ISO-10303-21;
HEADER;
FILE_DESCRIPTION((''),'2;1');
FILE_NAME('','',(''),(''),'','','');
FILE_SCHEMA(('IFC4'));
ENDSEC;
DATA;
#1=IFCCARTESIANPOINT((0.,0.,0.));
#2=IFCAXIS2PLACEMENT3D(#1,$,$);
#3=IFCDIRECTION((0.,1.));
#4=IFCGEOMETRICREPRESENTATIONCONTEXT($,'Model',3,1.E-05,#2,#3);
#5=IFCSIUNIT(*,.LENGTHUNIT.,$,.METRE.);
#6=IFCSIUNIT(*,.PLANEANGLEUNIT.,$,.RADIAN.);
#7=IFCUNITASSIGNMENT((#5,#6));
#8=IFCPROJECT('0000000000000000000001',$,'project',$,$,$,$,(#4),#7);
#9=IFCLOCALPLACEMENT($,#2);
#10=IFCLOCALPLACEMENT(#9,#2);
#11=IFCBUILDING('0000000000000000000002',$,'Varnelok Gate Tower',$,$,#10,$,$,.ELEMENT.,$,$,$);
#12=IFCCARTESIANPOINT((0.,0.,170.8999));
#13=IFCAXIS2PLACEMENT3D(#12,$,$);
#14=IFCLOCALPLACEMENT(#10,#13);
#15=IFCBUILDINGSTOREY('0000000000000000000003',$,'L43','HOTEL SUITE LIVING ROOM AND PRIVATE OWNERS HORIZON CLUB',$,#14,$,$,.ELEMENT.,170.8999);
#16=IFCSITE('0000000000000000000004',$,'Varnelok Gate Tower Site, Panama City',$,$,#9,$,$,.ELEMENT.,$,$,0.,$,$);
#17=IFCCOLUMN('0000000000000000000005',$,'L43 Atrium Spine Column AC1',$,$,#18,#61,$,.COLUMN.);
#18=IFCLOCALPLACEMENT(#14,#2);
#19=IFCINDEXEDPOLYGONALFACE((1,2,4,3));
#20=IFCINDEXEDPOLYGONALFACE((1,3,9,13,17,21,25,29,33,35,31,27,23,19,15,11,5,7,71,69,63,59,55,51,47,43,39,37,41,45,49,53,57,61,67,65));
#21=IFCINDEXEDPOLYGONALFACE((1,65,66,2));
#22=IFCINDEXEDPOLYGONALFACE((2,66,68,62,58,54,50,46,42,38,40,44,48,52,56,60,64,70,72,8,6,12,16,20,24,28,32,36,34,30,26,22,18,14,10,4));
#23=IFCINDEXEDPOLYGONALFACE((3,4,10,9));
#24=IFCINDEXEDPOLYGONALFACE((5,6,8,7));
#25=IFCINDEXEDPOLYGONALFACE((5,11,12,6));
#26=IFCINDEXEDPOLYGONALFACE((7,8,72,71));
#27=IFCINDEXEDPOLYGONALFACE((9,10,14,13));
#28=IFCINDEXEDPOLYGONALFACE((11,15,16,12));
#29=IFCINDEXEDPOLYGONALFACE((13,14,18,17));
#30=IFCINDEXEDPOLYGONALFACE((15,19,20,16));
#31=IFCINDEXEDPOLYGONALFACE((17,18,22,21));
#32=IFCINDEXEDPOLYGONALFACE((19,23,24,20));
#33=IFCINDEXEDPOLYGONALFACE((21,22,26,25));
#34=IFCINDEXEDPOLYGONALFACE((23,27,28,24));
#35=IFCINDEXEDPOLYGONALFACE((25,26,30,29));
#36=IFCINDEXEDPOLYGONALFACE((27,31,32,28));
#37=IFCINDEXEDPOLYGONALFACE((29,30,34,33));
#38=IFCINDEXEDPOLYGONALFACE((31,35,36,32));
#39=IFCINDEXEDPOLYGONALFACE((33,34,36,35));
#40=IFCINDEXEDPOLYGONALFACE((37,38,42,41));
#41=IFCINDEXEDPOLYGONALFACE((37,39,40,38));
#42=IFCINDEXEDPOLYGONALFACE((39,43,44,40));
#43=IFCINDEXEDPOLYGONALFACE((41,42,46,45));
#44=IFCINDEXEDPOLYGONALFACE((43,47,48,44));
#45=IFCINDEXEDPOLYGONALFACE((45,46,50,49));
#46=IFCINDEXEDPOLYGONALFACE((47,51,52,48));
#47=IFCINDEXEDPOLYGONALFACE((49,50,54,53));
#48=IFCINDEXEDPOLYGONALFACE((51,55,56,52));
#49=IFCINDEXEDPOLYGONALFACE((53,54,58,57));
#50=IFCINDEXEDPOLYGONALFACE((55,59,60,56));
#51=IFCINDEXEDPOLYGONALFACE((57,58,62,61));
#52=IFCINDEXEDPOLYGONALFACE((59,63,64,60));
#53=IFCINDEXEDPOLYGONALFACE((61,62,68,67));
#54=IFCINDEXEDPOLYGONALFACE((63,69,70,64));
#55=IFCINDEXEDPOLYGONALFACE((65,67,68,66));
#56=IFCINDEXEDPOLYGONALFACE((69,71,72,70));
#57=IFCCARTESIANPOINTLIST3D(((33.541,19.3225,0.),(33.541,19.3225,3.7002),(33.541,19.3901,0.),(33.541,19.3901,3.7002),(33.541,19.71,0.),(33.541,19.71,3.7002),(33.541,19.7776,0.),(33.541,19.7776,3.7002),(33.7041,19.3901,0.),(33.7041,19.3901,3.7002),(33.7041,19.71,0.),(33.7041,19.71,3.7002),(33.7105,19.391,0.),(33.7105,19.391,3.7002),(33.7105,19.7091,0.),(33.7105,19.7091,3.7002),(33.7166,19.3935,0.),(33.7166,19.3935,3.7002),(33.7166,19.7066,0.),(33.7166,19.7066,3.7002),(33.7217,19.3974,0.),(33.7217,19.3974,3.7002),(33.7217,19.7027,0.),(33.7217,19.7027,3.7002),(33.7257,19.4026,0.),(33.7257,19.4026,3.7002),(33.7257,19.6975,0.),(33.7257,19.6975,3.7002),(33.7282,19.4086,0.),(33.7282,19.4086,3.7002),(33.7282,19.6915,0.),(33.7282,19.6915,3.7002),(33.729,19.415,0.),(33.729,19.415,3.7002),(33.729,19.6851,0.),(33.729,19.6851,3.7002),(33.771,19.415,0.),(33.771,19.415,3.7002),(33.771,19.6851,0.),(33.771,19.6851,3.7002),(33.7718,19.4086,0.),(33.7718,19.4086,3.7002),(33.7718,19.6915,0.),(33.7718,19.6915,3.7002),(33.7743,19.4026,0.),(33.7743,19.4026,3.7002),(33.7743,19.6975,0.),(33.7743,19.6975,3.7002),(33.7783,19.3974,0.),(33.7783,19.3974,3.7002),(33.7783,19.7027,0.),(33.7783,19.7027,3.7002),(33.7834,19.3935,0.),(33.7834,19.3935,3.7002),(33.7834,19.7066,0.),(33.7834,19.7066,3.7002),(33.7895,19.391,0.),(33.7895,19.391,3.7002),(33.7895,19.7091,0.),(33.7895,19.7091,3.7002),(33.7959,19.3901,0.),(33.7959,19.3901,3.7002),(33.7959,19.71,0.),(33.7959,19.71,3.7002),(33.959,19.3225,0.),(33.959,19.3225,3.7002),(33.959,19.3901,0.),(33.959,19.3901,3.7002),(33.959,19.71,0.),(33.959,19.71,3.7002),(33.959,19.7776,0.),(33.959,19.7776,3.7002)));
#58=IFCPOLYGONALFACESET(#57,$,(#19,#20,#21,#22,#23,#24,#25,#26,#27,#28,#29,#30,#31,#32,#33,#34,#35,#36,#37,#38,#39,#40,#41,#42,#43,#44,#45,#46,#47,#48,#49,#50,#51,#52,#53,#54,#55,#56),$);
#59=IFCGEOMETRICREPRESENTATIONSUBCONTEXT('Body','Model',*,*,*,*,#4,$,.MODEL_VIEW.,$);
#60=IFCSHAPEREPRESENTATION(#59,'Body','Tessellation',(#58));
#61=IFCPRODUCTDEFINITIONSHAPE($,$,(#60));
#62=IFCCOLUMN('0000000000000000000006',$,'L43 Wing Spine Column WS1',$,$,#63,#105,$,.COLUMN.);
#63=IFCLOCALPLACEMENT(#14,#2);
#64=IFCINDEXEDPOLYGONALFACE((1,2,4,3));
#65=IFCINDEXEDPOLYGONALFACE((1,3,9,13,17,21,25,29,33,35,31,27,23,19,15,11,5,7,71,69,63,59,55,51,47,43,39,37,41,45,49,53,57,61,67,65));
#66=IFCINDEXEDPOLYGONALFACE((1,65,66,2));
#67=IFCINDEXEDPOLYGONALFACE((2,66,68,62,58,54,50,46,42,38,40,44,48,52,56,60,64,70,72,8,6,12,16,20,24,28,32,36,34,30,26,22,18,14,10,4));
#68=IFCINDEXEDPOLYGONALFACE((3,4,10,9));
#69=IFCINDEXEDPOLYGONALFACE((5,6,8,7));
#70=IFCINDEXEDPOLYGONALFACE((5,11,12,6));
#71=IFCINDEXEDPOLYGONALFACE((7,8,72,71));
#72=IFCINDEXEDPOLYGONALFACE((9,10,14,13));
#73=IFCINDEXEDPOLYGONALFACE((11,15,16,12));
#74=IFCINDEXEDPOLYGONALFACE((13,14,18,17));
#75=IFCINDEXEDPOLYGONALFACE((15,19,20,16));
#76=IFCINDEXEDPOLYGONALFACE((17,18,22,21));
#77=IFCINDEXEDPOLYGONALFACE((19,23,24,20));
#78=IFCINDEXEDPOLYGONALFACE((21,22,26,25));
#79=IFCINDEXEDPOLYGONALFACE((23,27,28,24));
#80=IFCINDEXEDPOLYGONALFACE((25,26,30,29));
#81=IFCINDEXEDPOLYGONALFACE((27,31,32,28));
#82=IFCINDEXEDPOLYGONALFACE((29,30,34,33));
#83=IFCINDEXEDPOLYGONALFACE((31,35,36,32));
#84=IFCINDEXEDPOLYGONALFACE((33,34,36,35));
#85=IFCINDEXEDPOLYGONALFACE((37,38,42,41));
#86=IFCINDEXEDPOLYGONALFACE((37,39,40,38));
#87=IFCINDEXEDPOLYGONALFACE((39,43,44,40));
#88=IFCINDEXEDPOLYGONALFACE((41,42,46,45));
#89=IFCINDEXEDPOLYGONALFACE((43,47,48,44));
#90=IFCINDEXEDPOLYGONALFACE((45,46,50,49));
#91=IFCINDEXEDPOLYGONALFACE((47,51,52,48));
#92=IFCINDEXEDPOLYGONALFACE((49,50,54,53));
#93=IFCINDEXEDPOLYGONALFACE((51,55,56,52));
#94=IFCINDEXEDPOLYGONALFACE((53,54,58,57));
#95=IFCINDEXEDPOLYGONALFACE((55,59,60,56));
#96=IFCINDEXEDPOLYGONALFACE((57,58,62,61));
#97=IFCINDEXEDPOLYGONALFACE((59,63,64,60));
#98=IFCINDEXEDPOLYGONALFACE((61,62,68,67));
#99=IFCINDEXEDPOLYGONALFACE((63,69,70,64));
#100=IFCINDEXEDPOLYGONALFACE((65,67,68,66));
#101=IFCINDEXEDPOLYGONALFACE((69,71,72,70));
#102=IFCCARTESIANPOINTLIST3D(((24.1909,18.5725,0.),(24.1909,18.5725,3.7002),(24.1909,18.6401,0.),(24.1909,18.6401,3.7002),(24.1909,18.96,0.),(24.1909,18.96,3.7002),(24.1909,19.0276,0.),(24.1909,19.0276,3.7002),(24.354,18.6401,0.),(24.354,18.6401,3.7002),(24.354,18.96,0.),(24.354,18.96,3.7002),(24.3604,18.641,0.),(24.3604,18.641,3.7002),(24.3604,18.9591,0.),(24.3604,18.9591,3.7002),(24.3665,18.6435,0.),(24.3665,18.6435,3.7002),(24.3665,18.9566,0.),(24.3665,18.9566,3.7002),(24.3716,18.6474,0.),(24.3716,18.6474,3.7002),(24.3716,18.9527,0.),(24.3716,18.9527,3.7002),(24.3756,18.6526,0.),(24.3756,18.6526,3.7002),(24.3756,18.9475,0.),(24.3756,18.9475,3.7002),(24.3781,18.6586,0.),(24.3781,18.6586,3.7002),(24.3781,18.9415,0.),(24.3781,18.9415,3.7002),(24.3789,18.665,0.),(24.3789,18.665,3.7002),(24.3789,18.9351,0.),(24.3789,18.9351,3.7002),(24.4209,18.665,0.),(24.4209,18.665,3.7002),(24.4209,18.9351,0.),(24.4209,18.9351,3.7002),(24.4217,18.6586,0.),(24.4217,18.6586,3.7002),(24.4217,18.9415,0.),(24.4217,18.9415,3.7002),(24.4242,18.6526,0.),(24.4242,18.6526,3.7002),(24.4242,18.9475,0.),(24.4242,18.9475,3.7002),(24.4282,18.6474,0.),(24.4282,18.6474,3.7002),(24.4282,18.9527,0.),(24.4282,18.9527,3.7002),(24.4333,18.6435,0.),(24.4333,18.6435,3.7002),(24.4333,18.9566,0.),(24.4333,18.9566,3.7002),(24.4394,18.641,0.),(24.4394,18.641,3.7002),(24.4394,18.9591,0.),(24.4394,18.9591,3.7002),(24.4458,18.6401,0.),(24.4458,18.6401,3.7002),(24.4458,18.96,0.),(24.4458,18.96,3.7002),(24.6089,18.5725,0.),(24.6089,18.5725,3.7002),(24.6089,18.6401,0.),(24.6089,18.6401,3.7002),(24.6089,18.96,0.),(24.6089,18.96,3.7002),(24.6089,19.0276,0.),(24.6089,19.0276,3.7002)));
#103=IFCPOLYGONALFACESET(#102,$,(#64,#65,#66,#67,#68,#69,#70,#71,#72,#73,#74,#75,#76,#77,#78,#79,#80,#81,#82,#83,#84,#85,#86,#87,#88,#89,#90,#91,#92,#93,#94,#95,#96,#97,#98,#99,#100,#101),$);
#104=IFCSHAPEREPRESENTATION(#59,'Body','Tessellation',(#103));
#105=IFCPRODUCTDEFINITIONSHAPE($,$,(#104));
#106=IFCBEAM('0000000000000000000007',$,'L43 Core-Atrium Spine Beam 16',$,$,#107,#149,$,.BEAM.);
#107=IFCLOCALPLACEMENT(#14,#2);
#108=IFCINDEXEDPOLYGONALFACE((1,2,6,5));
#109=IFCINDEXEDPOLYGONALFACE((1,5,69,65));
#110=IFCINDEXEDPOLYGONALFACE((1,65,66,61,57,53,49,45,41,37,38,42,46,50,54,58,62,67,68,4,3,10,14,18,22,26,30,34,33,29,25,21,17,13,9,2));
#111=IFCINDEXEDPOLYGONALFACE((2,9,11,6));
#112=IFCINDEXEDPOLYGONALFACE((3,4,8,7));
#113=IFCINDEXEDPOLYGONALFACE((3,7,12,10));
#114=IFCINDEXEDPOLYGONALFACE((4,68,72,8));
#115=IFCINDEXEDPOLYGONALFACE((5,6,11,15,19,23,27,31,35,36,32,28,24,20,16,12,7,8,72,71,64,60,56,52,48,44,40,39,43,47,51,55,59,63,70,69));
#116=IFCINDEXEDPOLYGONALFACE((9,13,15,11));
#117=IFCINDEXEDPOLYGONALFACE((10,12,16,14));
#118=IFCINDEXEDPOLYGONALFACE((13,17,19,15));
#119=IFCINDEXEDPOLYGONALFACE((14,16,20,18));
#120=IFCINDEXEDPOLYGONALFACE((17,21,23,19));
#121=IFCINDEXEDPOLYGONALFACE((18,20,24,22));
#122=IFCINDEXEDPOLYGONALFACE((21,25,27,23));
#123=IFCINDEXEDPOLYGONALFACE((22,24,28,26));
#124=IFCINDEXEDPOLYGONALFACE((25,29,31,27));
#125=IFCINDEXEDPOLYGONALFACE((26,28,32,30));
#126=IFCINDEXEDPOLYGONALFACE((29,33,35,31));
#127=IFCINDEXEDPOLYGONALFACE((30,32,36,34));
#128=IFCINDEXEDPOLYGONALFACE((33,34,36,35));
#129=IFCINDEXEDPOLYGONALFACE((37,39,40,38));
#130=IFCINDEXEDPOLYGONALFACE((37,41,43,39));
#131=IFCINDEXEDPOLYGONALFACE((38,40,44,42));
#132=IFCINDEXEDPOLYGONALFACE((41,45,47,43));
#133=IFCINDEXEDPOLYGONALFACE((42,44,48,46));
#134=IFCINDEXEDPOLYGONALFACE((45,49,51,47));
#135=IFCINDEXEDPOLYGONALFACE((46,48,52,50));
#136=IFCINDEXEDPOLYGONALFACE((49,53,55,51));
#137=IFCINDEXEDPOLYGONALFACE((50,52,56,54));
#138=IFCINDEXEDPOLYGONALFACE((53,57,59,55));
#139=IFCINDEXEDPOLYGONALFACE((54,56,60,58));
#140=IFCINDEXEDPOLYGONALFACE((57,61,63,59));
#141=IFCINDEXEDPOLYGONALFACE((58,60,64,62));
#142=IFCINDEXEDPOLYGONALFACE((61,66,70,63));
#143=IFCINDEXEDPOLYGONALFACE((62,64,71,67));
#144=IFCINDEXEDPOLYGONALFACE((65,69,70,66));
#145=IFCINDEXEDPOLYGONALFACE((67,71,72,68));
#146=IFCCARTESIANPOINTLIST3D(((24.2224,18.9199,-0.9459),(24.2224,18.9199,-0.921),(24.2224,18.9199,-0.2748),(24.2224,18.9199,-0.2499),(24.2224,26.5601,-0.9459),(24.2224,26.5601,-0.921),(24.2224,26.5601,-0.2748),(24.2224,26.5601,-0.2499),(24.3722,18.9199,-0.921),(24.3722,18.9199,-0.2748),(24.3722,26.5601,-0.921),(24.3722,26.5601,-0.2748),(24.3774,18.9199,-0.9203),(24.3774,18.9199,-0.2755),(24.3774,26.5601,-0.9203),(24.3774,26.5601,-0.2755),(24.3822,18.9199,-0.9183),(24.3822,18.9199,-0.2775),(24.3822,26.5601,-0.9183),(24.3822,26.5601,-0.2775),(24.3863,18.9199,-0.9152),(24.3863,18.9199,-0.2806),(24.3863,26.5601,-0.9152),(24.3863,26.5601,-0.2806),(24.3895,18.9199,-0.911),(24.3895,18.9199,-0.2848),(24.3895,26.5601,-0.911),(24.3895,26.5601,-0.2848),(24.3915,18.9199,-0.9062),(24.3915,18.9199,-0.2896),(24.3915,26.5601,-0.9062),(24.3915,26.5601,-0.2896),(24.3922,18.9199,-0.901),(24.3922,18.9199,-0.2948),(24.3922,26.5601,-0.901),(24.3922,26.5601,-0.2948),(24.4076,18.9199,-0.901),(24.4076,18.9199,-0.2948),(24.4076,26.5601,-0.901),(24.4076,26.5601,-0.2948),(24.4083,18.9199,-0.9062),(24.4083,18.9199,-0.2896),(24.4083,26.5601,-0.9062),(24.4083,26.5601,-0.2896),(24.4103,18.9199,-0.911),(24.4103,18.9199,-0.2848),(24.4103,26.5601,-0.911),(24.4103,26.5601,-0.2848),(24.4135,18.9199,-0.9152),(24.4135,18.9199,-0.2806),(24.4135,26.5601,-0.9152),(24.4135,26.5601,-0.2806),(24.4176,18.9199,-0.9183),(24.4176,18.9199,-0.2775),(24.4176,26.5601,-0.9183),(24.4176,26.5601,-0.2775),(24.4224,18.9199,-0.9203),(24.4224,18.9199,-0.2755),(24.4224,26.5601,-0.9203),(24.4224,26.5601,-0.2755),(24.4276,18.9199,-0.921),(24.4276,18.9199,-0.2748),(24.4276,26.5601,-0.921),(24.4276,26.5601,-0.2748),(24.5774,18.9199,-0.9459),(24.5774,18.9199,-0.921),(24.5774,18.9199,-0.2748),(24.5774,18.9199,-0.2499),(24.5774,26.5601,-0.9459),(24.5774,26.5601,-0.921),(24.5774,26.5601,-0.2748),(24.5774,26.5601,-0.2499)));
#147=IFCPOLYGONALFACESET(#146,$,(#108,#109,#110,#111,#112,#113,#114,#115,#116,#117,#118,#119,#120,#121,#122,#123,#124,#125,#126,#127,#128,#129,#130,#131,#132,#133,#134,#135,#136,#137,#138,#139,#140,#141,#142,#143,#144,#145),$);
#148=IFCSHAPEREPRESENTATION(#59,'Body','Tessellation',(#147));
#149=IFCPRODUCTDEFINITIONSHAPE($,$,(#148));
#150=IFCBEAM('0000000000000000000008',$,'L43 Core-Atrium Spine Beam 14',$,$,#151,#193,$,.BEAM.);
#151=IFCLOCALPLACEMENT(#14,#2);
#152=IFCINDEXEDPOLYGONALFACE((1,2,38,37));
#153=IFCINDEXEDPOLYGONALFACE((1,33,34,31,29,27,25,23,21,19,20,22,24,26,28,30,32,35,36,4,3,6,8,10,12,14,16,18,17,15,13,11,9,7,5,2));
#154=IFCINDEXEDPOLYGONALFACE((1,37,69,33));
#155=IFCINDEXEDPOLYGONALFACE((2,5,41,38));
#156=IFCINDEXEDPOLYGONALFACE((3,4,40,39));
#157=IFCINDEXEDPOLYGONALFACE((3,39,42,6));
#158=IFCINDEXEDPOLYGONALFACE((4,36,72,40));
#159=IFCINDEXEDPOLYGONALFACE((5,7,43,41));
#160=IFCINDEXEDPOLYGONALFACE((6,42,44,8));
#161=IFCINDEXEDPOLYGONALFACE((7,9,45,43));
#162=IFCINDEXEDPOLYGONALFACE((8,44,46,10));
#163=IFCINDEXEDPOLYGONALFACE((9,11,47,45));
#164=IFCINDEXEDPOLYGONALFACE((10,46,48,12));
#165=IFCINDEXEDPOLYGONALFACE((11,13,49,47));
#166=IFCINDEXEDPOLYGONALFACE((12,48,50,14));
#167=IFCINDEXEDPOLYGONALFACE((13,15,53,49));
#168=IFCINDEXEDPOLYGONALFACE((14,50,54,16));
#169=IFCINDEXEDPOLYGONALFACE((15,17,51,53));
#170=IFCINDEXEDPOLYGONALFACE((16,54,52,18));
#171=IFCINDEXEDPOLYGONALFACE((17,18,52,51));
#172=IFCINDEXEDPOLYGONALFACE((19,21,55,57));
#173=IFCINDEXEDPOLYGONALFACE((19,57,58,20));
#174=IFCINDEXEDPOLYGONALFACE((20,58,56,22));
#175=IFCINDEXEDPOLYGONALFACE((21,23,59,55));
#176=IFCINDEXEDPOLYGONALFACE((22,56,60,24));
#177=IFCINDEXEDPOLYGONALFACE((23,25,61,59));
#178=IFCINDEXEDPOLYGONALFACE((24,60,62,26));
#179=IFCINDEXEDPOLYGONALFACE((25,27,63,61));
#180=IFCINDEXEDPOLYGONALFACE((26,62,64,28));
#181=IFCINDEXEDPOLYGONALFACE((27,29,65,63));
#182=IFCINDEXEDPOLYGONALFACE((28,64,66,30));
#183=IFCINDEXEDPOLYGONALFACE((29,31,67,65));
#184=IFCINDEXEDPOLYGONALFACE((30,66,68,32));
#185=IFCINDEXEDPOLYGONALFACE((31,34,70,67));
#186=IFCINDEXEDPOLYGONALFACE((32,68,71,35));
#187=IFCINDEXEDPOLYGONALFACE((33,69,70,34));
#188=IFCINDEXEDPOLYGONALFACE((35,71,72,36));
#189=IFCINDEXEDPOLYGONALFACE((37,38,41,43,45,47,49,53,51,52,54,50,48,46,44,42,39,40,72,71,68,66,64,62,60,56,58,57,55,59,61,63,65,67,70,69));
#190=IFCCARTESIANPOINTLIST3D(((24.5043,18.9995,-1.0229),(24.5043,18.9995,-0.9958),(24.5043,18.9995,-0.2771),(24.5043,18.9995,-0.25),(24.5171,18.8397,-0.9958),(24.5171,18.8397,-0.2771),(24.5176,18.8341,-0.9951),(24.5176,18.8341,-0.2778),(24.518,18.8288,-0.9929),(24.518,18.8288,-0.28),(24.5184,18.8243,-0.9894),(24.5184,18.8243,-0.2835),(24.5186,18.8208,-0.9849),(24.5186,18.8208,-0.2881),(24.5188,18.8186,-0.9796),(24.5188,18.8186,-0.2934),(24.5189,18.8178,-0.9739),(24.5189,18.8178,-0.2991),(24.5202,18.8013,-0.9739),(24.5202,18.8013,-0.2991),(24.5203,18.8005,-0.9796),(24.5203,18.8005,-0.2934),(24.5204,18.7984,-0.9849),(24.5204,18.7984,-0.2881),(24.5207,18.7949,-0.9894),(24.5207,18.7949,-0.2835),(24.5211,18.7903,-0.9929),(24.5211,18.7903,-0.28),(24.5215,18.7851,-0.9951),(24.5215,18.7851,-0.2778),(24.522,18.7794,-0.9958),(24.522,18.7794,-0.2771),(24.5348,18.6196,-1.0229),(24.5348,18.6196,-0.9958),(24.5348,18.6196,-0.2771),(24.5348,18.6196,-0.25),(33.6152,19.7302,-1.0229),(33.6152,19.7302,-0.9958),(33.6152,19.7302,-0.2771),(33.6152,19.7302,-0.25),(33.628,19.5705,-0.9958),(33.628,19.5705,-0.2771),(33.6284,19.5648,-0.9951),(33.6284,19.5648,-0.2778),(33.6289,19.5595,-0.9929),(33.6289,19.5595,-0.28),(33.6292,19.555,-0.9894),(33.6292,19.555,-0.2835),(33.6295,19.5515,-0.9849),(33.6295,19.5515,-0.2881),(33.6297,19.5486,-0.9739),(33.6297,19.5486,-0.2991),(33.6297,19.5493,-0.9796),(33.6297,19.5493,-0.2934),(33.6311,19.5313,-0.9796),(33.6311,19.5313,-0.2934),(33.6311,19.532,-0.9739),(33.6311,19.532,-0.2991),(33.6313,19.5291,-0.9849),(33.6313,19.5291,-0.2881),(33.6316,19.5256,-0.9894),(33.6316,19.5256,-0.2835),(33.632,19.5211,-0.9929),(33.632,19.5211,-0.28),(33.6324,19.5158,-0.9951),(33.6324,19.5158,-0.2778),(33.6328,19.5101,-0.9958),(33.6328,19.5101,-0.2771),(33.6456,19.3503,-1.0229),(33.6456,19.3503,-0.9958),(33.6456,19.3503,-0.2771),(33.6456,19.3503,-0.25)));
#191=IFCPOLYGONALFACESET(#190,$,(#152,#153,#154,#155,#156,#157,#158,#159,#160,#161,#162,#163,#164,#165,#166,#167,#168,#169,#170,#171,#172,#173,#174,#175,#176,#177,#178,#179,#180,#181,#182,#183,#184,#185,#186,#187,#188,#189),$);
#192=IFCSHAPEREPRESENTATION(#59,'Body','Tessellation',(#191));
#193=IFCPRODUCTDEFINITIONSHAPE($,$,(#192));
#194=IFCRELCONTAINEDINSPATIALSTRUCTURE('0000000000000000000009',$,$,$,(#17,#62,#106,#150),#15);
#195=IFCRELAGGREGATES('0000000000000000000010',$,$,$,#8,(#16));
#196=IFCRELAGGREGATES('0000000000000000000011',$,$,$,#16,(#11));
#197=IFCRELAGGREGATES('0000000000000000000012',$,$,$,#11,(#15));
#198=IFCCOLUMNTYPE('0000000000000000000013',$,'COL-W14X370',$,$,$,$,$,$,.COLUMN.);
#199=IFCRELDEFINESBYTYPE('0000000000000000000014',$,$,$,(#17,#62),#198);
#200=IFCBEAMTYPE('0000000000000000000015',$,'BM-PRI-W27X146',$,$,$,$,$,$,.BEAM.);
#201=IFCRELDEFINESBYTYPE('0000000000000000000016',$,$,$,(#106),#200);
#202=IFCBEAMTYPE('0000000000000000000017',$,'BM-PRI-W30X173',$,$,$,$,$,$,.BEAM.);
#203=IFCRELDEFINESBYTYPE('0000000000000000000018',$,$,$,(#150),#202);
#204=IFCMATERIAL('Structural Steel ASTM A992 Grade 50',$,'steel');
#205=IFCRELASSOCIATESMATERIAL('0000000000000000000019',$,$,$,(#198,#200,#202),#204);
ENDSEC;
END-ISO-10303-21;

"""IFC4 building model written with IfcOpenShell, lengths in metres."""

from ifc_helpers import new_model, si_unit, direction, frame, origin, origin_2d, place, context, subcontext, project, spatial, i_section, extrude, material, material_profile, profile_set, type_object, element, save


model = new_model("IFC4")

# Units and contexts
model_context = context("Model", 3, precision=1e-05, world=origin(), true_north=direction((0.0, 1.0)))
body_context = subcontext(model_context, "Body", "Model", "MODEL_VIEW")
ifc_project = project(units=[si_unit("LENGTHUNIT", "METRE"), si_unit("PLANEANGLEUNIT", "RADIAN")], contexts=[model_context])

# Site, building, storey
site_placement = place(None, origin())
site = spatial("IfcSite", under=ifc_project, at=site_placement, Name="Varnelok Gate Tower Site, Panama City", CompositionType="ELEMENT", RefElevation=0.0)
building_placement = place(site_placement, origin())
building = spatial("IfcBuilding", under=site, at=building_placement, Name="Varnelok Gate Tower", CompositionType="ELEMENT")
storey_placement = place(building_placement, frame((0.0, 0.0, 170.8999)))
storey = spatial("IfcBuildingStorey", under=building, at=storey_placement, Name="L43", Description="HOTEL SUITE LIVING ROOM AND PRIVATE OWNERS HORIZON CLUB", CompositionType="ELEMENT", Elevation=170.8999)

# Columns
ifc_material_1 = material(Name="Structural Steel ASTM A992 Grade 50", Category="steel")
ifc_material_profile_1 = material_profile(ifc_material_1, i_section(OverallWidth=0.418, OverallDepth=0.4551, WebThickness=0.042, FlangeThickness=0.0676, FilletRadius=0.0249, at=origin_2d()), Name="W14X370")
ifc_profile_set_1 = profile_set([ifc_material_profile_1], Name="Structural Steel ASTM A992 Grade 50")
column_type = type_object("IfcColumnType", Name="COL-W14X370", PredefinedType="COLUMN", material=ifc_profile_set_1)
for number, where, z_axis, x_axis, name in (
    (1, (33.75, 19.55, 0.0), (0.0, 0.0, 1.0), (1.0, 0.0, 0.0), "L43 Atrium Spine Column AC1"),
    (2, (24.3999, 18.8, 0.0), (0.0, 0.0, 1.0), (1.0, 0.0, 0.0), "L43 Wing Spine Column WS1"),
):
    element("IfcColumn", number, at=place(storey_placement, frame(where, z_axis=z_axis, x_axis=x_axis)), inside=storey, type_object=column_type, Name=name, PredefinedType="COLUMN", context=body_context, shape_type="SweptSolid", body=[
        extrude(i_section(OverallWidth=0.418, OverallDepth=0.4551, WebThickness=0.042, FlangeThickness=0.0676, FilletRadius=0.0249, at=origin_2d()), origin(), (0.0, 0.0, 1.0), 3.7002),
    ])

# Beams
ifc_material_profile_2 = material_profile(ifc_material_1, i_section(OverallWidth=0.355, OverallDepth=0.696, WebThickness=0.0154, FlangeThickness=0.0249, FilletRadius=0.02, at=origin_2d()), Name="W27X146")
ifc_profile_set_2 = profile_set([ifc_material_profile_2], Name="Structural Steel ASTM A992 Grade 50")
beam_type_1 = type_object("IfcBeamType", Name="BM-PRI-W27X146", PredefinedType="BEAM", material=ifc_profile_set_2)
beam_1_placement = place(storey_placement, frame((24.3999, 18.9199, -0.5979), z_axis=(0.0, 1.0, 0.0), x_axis=(-1.0, 0.0, 0.0)))
element("IfcBeam", 3, at=beam_1_placement, inside=storey, type_object=beam_type_1, Name="L43 Core-Atrium Spine Beam 16", PredefinedType="BEAM", context=body_context, shape_type="SweptSolid", body=[
    extrude(i_section(OverallWidth=0.355, OverallDepth=0.696, WebThickness=0.0154, FlangeThickness=0.0249, FilletRadius=0.02, at=origin_2d()), origin(), (0.0, 0.0, 1.0), 7.6401),
])
ifc_material_profile_3 = material_profile(ifc_material_1, i_section(OverallWidth=0.3811, OverallDepth=0.7729, WebThickness=0.0166, FlangeThickness=0.0271, FilletRadius=0.022, at=origin_2d()), Name="W30X173")
ifc_profile_set_3 = profile_set([ifc_material_profile_3], Name="Structural Steel ASTM A992 Grade 50")
beam_type_2 = type_object("IfcBeamType", Name="BM-PRI-W30X173", PredefinedType="BEAM", material=ifc_profile_set_3)
beam_2_placement = place(storey_placement, frame((24.5195, 18.8096, -0.6365), z_axis=(0.996799, 0.079946, 0.0), x_axis=(-0.079946, 0.996799, 0.0)))
element("IfcBeam", 4, at=beam_2_placement, inside=storey, type_object=beam_type_2, Name="L43 Core-Atrium Spine Beam 14", PredefinedType="BEAM", context=body_context, shape_type="SweptSolid", body=[
    extrude(i_section(OverallWidth=0.3811, OverallDepth=0.7729, WebThickness=0.0166, FlangeThickness=0.0271, FilletRadius=0.022, at=origin_2d()), origin(), (0.0, 0.0, 1.0), 9.1401),
])

save(model, "model.ifc")
